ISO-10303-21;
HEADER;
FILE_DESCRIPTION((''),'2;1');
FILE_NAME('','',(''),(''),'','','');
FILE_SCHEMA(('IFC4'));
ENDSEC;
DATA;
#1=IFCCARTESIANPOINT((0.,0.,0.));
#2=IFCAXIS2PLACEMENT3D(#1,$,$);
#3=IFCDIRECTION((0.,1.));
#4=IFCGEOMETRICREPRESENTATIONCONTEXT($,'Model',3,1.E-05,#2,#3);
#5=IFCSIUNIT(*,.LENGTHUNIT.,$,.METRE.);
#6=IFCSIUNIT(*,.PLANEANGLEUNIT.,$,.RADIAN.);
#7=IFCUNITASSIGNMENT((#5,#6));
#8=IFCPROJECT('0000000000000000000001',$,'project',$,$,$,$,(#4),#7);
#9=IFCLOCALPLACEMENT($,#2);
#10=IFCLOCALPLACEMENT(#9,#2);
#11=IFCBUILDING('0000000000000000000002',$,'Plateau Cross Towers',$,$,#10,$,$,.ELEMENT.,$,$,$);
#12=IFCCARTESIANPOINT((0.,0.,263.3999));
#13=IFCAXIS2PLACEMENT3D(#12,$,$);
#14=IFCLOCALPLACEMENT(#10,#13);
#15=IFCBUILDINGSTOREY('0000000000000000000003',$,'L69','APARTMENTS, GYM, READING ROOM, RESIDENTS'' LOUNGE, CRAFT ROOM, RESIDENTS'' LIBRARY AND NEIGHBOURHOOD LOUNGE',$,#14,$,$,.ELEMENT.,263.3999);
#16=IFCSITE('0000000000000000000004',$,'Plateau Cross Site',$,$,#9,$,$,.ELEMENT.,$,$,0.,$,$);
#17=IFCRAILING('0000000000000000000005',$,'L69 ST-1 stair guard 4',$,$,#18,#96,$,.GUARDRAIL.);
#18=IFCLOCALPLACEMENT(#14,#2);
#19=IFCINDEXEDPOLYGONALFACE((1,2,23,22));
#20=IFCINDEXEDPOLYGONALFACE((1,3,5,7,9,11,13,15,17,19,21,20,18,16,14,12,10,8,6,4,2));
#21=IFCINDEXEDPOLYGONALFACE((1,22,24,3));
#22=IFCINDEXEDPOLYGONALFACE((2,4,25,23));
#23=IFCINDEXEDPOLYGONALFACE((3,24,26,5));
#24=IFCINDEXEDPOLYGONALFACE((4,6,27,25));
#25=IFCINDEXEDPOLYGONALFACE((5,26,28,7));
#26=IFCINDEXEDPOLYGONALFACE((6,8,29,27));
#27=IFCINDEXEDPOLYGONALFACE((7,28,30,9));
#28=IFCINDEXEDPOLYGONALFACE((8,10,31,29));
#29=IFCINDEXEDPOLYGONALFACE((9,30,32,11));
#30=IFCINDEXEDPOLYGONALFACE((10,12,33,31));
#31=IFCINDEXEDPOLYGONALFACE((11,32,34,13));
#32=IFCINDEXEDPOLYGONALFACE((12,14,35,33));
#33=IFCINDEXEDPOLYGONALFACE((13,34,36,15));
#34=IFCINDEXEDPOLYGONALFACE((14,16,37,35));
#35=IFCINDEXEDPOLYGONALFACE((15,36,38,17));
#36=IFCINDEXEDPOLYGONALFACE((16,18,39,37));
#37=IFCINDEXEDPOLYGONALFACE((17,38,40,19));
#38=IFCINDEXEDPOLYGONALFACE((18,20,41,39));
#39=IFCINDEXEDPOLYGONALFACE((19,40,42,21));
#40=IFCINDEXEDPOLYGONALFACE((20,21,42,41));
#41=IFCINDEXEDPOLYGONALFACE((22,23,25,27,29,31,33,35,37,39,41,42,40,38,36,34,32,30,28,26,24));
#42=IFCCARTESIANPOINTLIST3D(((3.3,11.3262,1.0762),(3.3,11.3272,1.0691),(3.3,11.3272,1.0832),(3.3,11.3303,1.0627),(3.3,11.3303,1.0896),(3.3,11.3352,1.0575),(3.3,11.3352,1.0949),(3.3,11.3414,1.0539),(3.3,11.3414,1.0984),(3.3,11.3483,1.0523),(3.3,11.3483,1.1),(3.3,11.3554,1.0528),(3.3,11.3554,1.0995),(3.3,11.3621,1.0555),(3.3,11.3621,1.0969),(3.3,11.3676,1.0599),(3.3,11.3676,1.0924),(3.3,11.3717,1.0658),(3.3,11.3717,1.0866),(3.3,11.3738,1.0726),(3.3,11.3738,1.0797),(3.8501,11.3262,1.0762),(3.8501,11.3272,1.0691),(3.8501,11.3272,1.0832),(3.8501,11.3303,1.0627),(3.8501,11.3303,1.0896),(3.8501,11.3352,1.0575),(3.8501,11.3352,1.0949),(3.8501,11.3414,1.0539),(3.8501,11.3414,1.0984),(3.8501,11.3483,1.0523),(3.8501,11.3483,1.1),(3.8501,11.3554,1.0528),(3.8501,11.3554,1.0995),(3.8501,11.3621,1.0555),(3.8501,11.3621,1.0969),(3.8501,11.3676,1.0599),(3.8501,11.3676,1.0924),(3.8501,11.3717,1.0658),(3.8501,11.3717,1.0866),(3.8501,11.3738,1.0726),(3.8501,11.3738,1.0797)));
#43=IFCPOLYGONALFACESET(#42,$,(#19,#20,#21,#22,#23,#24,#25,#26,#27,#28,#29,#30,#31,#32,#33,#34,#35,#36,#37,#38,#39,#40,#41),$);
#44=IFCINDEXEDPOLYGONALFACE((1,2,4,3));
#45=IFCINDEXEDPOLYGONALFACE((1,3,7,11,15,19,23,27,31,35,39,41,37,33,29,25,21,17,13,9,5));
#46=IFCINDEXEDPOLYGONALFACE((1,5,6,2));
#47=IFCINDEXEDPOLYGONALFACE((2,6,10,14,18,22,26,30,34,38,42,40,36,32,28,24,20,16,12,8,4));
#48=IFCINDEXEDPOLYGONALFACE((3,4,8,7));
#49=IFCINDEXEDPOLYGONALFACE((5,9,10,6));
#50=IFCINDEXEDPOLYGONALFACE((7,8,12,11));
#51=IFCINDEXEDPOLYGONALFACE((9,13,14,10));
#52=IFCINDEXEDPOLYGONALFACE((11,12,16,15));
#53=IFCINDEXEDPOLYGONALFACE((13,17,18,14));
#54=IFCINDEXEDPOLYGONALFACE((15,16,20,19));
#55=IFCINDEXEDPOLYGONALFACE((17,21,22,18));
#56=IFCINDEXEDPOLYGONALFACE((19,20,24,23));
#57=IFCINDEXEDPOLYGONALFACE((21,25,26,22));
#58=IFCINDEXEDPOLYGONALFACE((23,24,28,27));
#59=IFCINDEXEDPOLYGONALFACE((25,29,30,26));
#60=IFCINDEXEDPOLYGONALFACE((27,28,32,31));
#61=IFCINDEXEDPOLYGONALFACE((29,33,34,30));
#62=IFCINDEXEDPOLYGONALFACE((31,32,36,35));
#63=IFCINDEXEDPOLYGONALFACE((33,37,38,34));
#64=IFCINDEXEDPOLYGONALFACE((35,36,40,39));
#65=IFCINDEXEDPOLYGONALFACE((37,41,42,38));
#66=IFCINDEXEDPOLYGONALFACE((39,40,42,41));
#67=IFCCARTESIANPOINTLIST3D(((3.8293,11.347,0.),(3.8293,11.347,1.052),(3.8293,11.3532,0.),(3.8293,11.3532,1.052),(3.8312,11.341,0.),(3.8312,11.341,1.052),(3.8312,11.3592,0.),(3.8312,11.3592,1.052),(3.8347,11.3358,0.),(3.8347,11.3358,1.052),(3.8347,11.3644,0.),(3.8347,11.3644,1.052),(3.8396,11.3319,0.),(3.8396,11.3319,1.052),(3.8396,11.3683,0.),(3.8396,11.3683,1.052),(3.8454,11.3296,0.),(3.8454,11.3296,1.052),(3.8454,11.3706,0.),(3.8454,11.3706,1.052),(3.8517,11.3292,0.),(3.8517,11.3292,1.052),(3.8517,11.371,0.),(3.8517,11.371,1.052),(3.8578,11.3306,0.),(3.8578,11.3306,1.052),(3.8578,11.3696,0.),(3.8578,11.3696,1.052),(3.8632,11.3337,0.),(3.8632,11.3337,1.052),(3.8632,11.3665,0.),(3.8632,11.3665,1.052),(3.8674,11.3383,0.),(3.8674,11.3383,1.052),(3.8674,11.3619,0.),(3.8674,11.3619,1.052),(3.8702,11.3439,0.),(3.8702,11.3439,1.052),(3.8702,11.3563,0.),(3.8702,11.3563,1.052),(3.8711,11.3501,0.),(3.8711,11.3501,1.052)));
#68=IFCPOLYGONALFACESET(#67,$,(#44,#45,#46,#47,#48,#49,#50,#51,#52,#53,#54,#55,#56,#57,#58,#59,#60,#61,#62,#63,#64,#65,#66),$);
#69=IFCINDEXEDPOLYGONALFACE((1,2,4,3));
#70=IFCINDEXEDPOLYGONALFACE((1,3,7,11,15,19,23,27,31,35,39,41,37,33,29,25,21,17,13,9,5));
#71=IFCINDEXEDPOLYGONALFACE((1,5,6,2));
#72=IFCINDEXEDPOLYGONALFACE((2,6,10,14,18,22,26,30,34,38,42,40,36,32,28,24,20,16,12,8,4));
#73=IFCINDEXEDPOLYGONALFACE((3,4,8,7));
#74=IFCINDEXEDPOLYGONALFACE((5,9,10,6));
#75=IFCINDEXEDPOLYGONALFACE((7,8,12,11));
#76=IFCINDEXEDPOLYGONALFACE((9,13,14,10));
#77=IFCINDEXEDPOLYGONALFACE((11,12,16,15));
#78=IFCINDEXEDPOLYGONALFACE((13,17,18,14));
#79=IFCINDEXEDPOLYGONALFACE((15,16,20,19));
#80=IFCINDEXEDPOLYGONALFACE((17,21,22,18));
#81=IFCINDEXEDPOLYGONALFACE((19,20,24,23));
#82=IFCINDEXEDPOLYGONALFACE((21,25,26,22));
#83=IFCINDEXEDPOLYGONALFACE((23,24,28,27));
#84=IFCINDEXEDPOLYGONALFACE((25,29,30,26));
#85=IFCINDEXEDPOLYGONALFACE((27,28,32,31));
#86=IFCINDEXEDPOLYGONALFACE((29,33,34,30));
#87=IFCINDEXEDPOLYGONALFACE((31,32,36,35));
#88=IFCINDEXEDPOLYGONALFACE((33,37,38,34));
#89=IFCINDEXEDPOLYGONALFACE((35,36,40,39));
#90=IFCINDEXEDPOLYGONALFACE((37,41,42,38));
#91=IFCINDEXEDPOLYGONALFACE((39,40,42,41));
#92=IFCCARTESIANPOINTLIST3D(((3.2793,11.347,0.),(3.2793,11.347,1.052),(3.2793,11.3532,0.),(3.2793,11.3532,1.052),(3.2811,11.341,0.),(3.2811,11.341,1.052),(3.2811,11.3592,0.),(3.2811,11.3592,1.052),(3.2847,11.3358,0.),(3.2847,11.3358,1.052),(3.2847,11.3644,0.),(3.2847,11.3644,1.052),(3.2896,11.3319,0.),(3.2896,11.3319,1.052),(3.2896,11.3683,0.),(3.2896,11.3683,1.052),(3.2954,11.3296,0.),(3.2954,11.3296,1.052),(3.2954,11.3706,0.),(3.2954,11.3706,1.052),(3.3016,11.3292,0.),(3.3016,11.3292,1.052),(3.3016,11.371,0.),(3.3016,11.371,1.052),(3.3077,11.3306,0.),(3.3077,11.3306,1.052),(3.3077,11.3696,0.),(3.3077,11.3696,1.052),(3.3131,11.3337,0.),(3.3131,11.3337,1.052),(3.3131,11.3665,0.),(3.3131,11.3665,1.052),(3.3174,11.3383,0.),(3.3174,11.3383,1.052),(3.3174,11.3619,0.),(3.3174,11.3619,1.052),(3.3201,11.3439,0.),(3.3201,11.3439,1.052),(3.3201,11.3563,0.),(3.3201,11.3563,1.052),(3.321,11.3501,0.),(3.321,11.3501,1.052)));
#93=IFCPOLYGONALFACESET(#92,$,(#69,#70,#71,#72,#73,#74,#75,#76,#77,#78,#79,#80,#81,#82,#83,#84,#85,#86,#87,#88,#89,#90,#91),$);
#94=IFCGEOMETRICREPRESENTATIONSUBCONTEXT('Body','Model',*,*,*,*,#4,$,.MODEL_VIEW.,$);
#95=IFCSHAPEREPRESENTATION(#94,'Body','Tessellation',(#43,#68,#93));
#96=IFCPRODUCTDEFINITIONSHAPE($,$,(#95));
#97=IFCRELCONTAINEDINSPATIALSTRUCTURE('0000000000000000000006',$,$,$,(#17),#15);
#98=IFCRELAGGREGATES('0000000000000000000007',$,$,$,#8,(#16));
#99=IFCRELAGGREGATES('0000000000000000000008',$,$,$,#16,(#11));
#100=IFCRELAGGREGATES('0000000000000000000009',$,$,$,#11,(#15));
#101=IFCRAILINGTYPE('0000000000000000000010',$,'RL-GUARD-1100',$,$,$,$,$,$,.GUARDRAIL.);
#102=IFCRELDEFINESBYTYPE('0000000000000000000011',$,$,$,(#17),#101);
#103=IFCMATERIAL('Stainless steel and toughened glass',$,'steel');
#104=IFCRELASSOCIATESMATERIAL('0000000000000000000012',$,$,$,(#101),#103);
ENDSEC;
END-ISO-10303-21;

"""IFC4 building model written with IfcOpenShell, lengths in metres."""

from ifc_helpers import new_model, si_unit, direction, frame, origin, origin_2d, place, context, subcontext, project, spatial, circle, extrude, material, type_object, element, save


model = new_model("IFC4")

# Units and contexts
model_context = context("Model", 3, precision=1e-05, world=origin(), true_north=direction((0.0, 1.0)))
body_context = subcontext(model_context, "Body", "Model", "MODEL_VIEW")
ifc_project = project(units=[si_unit("LENGTHUNIT", "METRE"), si_unit("PLANEANGLEUNIT", "RADIAN")], contexts=[model_context])

# Site, building, storey
site_placement = place(None, origin())
site = spatial("IfcSite", under=ifc_project, at=site_placement, Name="Plateau Cross Site", CompositionType="ELEMENT", RefElevation=0.0)
building_placement = place(site_placement, origin())
building = spatial("IfcBuilding", under=site, at=building_placement, Name="Plateau Cross Towers", CompositionType="ELEMENT")
storey_placement = place(building_placement, frame((0.0, 0.0, 263.3999)))
storey = spatial("IfcBuildingStorey", under=building, at=storey_placement, Name="L69", Description="APARTMENTS, GYM, READING ROOM, RESIDENTS' LOUNGE, CRAFT ROOM, RESIDENTS' LIBRARY AND NEIGHBOURHOOD LOUNGE", CompositionType="ELEMENT", Elevation=263.3999)

# Railing
ifc_material_1 = material(Name="Stainless steel and toughened glass", Category="steel")
railing_type_1 = type_object("IfcRailingType", Name="RL-GUARD-1100", PredefinedType="GUARDRAIL", material=ifc_material_1)
railing_1_placement = place(storey_placement, frame((3.8501, 11.3501, 0.0)))
element("IfcRailing", 1, at=railing_1_placement, inside=storey, type_object=railing_type_1, Name="L69 ST-1 stair guard 4", PredefinedType="GUARDRAIL", context=body_context, shape_type="SweptSolid", body=[
    extrude(circle(Radius=0.0239, at=origin_2d()), frame((0.0, 0.0, 1.0762), z_axis=(-1.0, 0.0, 0.0), x_axis=(0.0, -1.0, 0.0)), (0.0, 0.0, 1.0), 0.55),
    extrude(circle(Radius=0.021, at=origin_2d()), origin(), (0.0, 0.0, 1.0), 1.052),
    extrude(circle(Radius=0.021, at=origin_2d()), frame((-0.55, 0.0, 0.0)), (0.0, 0.0, 1.0), 1.052),
])

save(model, "model.ifc")
